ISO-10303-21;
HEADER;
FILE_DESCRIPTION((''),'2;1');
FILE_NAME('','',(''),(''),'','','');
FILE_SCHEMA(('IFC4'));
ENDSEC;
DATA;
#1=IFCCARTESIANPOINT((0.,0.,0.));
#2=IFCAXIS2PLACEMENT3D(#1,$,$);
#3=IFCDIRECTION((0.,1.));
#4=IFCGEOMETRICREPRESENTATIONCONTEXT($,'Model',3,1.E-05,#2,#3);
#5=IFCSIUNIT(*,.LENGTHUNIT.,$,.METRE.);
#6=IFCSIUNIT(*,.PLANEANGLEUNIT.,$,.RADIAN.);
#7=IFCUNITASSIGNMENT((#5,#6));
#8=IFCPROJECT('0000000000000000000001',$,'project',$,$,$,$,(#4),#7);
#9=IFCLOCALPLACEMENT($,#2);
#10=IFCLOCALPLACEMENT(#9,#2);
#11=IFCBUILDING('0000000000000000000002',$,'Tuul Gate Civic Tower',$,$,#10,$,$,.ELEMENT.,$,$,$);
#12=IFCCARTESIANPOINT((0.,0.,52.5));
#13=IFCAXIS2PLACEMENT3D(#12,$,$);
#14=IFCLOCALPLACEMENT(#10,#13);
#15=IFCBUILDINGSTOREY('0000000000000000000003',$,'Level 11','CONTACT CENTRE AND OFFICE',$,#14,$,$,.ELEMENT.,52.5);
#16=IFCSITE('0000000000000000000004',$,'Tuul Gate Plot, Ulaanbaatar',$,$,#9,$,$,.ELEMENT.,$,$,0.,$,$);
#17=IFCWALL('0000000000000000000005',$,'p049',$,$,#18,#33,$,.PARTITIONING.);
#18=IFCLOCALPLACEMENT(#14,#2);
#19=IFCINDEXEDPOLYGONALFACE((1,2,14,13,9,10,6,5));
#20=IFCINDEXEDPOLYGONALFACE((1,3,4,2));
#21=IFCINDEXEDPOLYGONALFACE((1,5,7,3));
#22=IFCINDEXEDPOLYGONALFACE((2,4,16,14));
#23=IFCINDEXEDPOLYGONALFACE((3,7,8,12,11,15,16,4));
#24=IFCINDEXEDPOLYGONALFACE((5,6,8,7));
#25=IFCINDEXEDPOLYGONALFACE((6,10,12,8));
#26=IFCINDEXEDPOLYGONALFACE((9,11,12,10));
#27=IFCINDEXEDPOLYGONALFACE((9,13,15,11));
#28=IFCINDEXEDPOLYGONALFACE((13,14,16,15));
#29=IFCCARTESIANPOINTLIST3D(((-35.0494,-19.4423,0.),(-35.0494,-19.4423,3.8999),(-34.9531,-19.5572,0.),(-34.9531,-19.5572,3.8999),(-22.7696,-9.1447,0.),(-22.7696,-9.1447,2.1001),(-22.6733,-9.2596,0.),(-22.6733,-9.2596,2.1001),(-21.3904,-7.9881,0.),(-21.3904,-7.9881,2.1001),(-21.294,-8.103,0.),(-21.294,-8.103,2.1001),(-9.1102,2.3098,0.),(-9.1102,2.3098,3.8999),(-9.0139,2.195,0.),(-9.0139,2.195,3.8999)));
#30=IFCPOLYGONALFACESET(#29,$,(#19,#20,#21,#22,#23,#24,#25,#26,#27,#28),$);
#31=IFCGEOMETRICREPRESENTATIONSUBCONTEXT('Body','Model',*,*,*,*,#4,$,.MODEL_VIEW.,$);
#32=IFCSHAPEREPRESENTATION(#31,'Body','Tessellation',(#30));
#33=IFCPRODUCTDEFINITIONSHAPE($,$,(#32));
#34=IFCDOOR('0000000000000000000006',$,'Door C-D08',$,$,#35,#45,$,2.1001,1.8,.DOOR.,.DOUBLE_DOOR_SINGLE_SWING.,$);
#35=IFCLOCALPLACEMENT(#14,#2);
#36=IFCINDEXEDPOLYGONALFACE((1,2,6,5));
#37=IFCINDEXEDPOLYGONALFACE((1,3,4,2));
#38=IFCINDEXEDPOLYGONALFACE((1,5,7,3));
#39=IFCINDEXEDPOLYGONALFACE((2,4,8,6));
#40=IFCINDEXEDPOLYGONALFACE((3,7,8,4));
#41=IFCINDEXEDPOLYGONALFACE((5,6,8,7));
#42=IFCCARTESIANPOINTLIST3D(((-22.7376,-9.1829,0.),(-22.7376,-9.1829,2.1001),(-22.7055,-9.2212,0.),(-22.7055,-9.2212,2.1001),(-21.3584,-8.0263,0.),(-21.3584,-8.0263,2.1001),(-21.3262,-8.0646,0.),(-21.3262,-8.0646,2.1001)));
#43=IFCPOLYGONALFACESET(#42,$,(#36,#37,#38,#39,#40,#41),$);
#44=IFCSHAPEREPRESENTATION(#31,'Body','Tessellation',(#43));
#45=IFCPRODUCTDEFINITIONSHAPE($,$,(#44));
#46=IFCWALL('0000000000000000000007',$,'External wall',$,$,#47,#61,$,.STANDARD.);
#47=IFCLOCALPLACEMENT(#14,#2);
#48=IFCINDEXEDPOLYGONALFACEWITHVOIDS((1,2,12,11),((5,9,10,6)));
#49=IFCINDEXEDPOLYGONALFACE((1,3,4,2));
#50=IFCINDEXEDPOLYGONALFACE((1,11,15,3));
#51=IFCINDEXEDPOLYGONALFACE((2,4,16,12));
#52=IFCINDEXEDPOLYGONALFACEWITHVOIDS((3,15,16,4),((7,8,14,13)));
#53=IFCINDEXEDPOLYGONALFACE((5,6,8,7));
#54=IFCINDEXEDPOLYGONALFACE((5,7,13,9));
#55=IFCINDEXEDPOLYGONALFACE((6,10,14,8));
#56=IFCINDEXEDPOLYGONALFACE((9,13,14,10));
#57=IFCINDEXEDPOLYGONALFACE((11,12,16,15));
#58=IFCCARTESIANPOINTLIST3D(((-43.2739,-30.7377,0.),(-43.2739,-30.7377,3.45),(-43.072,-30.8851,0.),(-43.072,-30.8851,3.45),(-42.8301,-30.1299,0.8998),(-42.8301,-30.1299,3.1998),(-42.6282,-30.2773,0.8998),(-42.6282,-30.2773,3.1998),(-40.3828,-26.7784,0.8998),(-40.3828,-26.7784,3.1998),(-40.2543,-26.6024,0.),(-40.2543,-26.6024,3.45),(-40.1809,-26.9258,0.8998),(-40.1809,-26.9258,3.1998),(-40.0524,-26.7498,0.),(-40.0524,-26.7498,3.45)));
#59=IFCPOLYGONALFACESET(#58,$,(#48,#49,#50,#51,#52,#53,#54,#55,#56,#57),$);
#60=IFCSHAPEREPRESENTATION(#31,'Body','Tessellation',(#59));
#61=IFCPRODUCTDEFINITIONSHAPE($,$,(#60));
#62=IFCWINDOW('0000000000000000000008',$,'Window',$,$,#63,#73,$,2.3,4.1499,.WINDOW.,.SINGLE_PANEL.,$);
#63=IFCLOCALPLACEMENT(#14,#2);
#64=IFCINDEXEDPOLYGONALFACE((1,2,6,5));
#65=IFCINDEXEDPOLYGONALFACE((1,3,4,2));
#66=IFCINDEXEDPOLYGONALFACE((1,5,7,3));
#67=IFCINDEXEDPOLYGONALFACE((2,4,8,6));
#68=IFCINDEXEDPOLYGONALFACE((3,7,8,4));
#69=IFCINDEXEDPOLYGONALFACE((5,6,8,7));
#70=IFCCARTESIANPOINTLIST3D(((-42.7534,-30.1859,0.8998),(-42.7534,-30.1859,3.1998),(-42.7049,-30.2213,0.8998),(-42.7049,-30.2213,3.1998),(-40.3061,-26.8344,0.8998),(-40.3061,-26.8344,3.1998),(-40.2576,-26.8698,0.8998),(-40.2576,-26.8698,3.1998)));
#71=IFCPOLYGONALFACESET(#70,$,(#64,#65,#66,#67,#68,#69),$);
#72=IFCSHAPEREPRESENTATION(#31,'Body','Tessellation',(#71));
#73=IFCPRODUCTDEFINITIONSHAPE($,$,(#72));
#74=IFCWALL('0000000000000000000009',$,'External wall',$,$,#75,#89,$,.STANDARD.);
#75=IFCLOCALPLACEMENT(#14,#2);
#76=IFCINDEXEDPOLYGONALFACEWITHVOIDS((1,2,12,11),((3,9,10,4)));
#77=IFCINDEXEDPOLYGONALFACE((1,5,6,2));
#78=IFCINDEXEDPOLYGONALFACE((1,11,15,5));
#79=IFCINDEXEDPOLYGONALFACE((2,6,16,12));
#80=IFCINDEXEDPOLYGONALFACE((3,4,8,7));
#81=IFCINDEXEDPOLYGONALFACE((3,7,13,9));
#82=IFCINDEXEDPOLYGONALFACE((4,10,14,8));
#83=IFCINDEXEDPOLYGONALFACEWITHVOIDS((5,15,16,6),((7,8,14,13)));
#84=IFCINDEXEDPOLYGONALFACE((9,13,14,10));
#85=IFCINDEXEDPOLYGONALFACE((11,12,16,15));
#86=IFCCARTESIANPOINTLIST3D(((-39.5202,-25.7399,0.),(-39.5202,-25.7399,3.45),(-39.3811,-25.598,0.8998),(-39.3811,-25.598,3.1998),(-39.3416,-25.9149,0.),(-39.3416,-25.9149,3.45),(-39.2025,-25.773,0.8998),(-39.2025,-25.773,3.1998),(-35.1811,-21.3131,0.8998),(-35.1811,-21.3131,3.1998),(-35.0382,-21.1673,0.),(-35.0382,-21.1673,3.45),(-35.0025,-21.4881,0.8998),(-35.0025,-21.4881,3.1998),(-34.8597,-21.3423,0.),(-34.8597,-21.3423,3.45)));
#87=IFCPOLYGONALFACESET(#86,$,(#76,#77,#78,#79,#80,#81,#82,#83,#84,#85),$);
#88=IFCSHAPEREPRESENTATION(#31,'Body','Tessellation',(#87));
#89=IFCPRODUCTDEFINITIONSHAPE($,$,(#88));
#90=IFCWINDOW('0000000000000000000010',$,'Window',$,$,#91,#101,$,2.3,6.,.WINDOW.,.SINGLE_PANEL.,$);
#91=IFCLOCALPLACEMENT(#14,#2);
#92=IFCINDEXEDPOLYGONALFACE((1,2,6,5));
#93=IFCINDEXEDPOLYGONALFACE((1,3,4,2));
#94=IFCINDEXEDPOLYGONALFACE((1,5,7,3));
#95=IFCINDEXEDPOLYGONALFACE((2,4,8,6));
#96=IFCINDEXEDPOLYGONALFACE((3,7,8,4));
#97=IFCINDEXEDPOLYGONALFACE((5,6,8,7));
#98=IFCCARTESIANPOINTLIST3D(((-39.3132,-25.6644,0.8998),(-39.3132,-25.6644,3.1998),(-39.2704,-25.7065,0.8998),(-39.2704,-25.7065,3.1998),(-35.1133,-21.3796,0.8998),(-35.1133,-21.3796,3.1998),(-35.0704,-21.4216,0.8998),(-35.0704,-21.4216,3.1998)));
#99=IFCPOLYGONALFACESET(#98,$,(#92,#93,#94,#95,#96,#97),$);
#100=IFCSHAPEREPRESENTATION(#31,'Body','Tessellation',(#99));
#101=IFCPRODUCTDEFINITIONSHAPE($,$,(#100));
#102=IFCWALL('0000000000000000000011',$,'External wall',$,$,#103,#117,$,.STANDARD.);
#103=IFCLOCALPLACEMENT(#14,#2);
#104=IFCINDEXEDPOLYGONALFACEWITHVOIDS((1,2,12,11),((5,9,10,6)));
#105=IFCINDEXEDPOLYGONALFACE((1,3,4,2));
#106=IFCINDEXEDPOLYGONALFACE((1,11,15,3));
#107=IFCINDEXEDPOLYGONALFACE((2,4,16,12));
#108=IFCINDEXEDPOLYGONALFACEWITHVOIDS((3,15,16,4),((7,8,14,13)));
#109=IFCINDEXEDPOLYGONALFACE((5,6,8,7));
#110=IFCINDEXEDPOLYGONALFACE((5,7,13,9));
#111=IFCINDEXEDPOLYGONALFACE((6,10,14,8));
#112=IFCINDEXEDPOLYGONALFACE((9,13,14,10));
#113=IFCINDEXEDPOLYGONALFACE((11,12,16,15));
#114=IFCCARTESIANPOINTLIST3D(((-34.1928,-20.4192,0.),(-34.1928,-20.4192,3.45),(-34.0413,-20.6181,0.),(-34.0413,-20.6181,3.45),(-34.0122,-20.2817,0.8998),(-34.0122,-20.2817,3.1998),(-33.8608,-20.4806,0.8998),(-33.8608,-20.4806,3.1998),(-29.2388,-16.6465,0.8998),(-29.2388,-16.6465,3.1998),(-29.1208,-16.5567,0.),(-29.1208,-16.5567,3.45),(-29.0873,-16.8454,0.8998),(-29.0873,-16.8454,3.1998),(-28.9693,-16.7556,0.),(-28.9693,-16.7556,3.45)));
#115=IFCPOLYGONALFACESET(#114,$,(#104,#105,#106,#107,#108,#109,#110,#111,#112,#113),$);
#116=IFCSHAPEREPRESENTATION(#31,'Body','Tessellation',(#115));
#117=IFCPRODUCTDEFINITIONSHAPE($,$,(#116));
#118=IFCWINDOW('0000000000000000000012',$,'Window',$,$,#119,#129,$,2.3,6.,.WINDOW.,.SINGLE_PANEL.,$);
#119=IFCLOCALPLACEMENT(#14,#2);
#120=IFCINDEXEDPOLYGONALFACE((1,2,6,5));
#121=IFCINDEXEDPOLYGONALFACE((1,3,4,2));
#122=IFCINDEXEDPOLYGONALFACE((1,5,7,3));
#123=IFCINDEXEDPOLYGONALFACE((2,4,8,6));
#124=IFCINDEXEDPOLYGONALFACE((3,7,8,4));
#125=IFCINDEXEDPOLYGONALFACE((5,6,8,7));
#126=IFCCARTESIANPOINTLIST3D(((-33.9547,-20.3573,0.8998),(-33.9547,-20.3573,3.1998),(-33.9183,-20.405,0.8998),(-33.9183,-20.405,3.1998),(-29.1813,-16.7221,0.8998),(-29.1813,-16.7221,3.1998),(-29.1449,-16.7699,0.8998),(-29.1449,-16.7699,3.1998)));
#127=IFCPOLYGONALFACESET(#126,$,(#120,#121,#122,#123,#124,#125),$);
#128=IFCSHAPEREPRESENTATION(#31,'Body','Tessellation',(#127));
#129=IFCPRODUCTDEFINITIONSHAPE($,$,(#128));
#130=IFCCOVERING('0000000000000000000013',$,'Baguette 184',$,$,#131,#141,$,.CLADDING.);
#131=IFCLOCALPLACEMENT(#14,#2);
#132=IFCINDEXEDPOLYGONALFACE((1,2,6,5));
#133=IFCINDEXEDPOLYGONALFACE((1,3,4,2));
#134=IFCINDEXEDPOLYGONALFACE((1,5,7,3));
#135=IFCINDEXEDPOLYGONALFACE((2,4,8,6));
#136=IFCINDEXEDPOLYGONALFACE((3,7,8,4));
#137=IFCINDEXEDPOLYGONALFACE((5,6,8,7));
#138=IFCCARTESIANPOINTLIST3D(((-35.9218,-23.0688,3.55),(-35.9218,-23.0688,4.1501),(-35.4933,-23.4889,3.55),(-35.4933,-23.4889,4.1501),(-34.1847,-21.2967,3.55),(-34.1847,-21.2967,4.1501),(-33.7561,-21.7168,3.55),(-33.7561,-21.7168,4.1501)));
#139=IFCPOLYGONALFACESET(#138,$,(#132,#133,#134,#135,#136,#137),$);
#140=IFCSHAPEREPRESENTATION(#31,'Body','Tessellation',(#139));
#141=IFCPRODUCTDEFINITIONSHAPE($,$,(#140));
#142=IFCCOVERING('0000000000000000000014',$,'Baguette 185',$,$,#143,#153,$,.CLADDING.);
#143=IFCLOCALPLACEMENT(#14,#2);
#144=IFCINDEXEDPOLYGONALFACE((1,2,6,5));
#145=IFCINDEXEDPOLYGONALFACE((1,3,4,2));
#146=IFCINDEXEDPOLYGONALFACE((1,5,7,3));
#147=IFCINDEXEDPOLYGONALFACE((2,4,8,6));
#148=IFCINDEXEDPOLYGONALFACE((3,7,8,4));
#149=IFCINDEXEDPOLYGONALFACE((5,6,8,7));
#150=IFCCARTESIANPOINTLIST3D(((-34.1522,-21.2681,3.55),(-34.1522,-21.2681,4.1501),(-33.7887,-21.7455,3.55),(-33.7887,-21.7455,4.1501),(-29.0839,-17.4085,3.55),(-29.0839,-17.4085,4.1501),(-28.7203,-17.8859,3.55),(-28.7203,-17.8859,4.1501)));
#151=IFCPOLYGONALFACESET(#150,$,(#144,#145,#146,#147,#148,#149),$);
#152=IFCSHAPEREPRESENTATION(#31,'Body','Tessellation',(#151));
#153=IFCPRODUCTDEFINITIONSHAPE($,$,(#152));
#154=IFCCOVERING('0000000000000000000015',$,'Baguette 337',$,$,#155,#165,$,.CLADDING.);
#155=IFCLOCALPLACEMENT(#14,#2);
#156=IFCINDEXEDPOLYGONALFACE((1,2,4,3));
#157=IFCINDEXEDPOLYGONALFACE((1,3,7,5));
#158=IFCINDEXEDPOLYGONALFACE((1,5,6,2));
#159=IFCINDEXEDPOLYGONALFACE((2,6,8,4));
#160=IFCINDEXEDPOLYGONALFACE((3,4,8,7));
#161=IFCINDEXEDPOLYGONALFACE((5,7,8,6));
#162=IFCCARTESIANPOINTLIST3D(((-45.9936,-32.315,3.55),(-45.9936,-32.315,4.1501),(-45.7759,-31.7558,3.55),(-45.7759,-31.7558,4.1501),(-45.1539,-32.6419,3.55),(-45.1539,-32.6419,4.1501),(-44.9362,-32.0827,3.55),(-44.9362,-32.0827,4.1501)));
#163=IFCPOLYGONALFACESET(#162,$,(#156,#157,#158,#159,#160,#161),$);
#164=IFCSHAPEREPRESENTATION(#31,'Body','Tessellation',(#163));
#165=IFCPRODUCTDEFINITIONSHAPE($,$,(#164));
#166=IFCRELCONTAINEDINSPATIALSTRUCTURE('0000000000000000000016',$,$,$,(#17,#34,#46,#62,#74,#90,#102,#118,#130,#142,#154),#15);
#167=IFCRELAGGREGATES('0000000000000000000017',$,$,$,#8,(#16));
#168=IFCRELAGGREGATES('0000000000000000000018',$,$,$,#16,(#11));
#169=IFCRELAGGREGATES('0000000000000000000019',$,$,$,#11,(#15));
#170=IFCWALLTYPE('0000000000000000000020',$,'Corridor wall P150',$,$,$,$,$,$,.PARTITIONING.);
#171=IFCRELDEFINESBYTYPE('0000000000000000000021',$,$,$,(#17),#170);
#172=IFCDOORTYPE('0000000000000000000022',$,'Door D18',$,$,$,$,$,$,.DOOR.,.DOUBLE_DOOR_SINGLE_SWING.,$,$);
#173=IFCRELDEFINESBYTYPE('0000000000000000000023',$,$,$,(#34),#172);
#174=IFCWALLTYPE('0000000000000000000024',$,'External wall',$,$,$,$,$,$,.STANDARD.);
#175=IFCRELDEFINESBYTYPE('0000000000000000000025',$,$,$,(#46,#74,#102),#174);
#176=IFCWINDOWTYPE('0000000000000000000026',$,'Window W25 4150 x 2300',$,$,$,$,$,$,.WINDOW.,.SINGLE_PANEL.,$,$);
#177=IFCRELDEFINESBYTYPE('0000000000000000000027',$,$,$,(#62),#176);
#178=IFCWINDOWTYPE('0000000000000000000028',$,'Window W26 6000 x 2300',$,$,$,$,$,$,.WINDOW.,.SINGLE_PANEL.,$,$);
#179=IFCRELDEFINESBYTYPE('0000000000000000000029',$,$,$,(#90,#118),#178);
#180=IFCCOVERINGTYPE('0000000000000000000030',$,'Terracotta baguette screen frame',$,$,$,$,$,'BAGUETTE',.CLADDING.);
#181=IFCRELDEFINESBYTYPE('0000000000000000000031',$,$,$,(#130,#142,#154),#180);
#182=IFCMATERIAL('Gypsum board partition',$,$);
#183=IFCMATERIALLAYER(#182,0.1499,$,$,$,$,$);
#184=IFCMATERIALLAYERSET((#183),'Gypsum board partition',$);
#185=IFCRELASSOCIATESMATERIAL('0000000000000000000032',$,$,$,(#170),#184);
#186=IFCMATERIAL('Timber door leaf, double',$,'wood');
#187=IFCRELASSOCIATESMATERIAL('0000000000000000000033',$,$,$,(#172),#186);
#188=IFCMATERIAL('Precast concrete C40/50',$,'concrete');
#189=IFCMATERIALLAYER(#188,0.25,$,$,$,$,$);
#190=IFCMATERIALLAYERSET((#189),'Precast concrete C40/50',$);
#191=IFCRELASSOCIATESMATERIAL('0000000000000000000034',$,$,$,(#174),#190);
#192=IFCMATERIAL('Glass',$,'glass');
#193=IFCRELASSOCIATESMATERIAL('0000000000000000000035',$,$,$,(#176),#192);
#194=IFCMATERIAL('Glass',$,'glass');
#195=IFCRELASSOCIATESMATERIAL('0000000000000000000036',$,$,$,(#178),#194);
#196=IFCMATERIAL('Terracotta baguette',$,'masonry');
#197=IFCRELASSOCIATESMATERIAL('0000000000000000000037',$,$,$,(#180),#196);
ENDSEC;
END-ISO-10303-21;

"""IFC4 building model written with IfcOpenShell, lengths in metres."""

from ifc_helpers import new_model, si_unit, direction, frame, frame_2d, origin, origin_2d, place, context, subcontext, project, spatial, rectangle, extrude, material, layer, layer_set, material_profile, profile_set, type_object, element, fill, save


model = new_model("IFC4")

# Units and contexts
model_context = context("Model", 3, precision=1e-05, world=origin(), true_north=direction((0.0, 1.0)))
body_context = subcontext(model_context, "Body", "Model", "MODEL_VIEW")
ifc_project = project(units=[si_unit("LENGTHUNIT", "METRE"), si_unit("PLANEANGLEUNIT", "RADIAN")], contexts=[model_context])

# Site, building, storey
site_placement = place(None, origin())
site = spatial("IfcSite", under=ifc_project, at=site_placement, Name="Tuul Gate Plot, Ulaanbaatar", CompositionType="ELEMENT", RefElevation=0.0)
building_placement = place(site_placement, origin())
building = spatial("IfcBuilding", under=site, at=building_placement, Name="Tuul Gate Civic Tower", CompositionType="ELEMENT")
storey_placement = place(building_placement, frame((0.0, 0.0, 52.5)))
storey = spatial("IfcBuildingStorey", under=building, at=storey_placement, Name="Level 11", Description="CONTACT CENTRE AND OFFICE", CompositionType="ELEMENT", Elevation=52.5)

# Wall, opening, door
ifc_material_1 = material(Name="Gypsum board partition")
ifc_layer_1 = layer(ifc_material_1, 0.1499)
ifc_layer_set_1 = layer_set([ifc_layer_1], Name="Gypsum board partition")
wall_type_1 = type_object("IfcWallType", Name="Corridor wall P150", PredefinedType="PARTITIONING", material=ifc_layer_set_1)
ifc_material_2 = material(Name="Timber door leaf, double", Category="wood")
door_type = type_object("IfcDoorType", Name="Door D18", OperationType="DOUBLE_DOOR_SINGLE_SWING", PredefinedType="DOOR", material=ifc_material_2)
wall_1_placement = place(storey_placement, frame((-35.0012, -19.4998, 0.0), z_axis=(0.0, 0.0, 1.0), x_axis=(0.766239, 0.642556, 0.0)))
wall_1 = element("IfcWall", 1, at=wall_1_placement, inside=storey, type_object=wall_type_1, Name="p049", PredefinedType="PARTITIONING", context=body_context, shape_type="SweptSolid", body=[
    extrude(rectangle(XDim=33.8525, YDim=0.1499, at=frame_2d((16.9263, 0.0))), origin(), (0.0, 0.0, 1.0), 3.8999),
])
opening_1_placement = place(wall_1_placement, frame((16.0261, 0.0, 0.0)))
opening_1 = element("IfcOpeningElement", 2, at=opening_1_placement, cuts=wall_1, PredefinedType="OPENING", context=body_context, shape_type="SweptSolid", body=[
    extrude(rectangle(XDim=1.8, YDim=2.1001, at=frame_2d((0.8999, 1.05))), frame((0.0, 0.085, 0.0), z_axis=(0.0, -1.0, 0.0), x_axis=(1.0, 0.0, 0.0)), (0.0, 0.0, 1.0), 0.1699),
])
door_1_placement = place(opening_1_placement, frame((1.8, 0.0, 0.0), z_axis=(0.0, 0.0, 1.0), x_axis=(-1.0, 0.0, 0.0)))
door_1 = element("IfcDoor", 3, at=door_1_placement, inside=storey, type_object=door_type, Name="Door C-D08", OperationType="DOUBLE_DOOR_SINGLE_SWING", OverallHeight=2.1001, OverallWidth=1.8, PredefinedType="DOOR", context=body_context, shape_type="SweptSolid", body=[
    extrude(rectangle(XDim=1.8, YDim=2.1001, at=frame_2d((0.9001, 1.05))), frame((0.0, 0.0249, 0.0), z_axis=(0.0, -1.0, 0.0), x_axis=(1.0, 0.0, 0.0)), (0.0, 0.0, 1.0), 0.05),
])
fill(opening_1, door_1)

# Walls, openings, windows
ifc_material_3 = material(Name="Precast concrete C40/50", Category="concrete")
ifc_layer_2 = layer(ifc_material_3, 0.25)
ifc_layer_set_2 = layer_set([ifc_layer_2], Name="Precast concrete C40/50")
wall_type_2 = type_object("IfcWallType", Name="External wall", PredefinedType="STANDARD", material=ifc_layer_set_2)
wall_2_placement = place(storey_placement, frame((-43.1729, -30.8113, 0.0), z_axis=(0.0, 0.0, 1.0), x_axis=(0.589713, 0.807613, 0.0)))
wall_2 = element("IfcWall", 4, at=wall_2_placement, inside=storey, type_object=wall_type_2, Name="External wall", PredefinedType="STANDARD", context=body_context, shape_type="SweptSolid", body=[
    extrude(rectangle(XDim=5.1204, YDim=0.25, at=frame_2d((2.5601, 0.0))), origin(), (0.0, 0.0, 1.0), 3.45),
])
opening_2_placement = place(wall_2_placement, frame((0.7524, 0.0, 0.8999)))
opening_2 = element("IfcOpeningElement", 5, at=opening_2_placement, cuts=wall_2, PredefinedType="OPENING", context=body_context, shape_type="SweptSolid", body=[
    extrude(rectangle(XDim=4.1499, YDim=2.3, at=frame_2d((2.075, 1.1499))), frame((0.0, 0.135, 0.0), z_axis=(0.0, -1.0, 0.0), x_axis=(1.0, 0.0, 0.0)), (0.0, 0.0, 1.0), 0.27),
])
ifc_material_4 = material(Name="Glass", Category="glass")
window_type_1 = type_object("IfcWindowType", Name="Window W25 4150 x 2300", PartitioningType="SINGLE_PANEL", PredefinedType="WINDOW", material=ifc_material_4)
window_1_placement = place(opening_2_placement, origin())
window_1 = element("IfcWindow", 6, at=window_1_placement, inside=storey, type_object=window_type_1, Name="Window", OverallHeight=2.3, OverallWidth=4.1499, PartitioningType="SINGLE_PANEL", PredefinedType="WINDOW", context=body_context, shape_type="SweptSolid", body=[
    extrude(rectangle(XDim=4.1499, YDim=2.3, at=frame_2d((2.075, 1.1499))), frame((0.0, 0.03, 0.0), z_axis=(0.0, -1.0, 0.0), x_axis=(1.0, 0.0, 0.0)), (0.0, 0.0, 1.0), 0.0601),
])
fill(opening_2, window_1)
wall_3_placement = place(storey_placement, frame((-39.4309, -25.8274, 0.0), z_axis=(0.0, 0.0, 1.0), x_axis=(0.699998, 0.714145, 0.0)))
wall_3 = element("IfcWall", 7, at=wall_3_placement, inside=storey, type_object=wall_type_2, Name="External wall", PredefinedType="STANDARD", context=body_context, shape_type="SweptSolid", body=[
    extrude(rectangle(XDim=6.4028, YDim=0.25, at=frame_2d((3.2014, 0.0))), origin(), (0.0, 0.0, 1.0), 3.45),
])
opening_3_placement = place(wall_3_placement, frame((0.1987, 0.0, 0.8999)))
opening_3 = element("IfcOpeningElement", 8, at=opening_3_placement, cuts=wall_3, PredefinedType="OPENING", context=body_context, shape_type="SweptSolid", body=[
    extrude(rectangle(XDim=6.0, YDim=2.3, at=frame_2d((3.0, 1.1499))), frame((0.0, 0.135, 0.0), z_axis=(0.0, -1.0, 0.0), x_axis=(1.0, 0.0, 0.0)), (0.0, 0.0, 1.0), 0.27),
])
ifc_material_5 = material(Name="Glass", Category="glass")
window_type_2 = type_object("IfcWindowType", Name="Window W26 6000 x 2300", PartitioningType="SINGLE_PANEL", PredefinedType="WINDOW", material=ifc_material_5)
window_2_placement = place(opening_3_placement, origin())
window_2 = element("IfcWindow", 9, at=window_2_placement, inside=storey, type_object=window_type_2, Name="Window", OverallHeight=2.3, OverallWidth=6.0, PartitioningType="SINGLE_PANEL", PredefinedType="WINDOW", context=body_context, shape_type="SweptSolid", body=[
    extrude(rectangle(XDim=6.0, YDim=2.3, at=frame_2d((3.0, 1.1499))), frame((0.0, 0.03, 0.0), z_axis=(0.0, -1.0, 0.0), x_axis=(1.0, 0.0, 0.0)), (0.0, 0.0, 1.0), 0.0601),
])
fill(opening_3, window_2)
wall_4_placement = place(storey_placement, frame((-34.1169, -20.5186, 0.0), z_axis=(0.0, 0.0, 1.0), x_axis=(0.795571, 0.60586, 0.0)))
wall_4 = element("IfcWall", 10, at=wall_4_placement, inside=storey, type_object=wall_type_2, Name="External wall", PredefinedType="STANDARD", context=body_context, shape_type="SweptSolid", body=[
    extrude(rectangle(XDim=6.3752, YDim=0.25, at=frame_2d((3.1875, 0.0))), origin(), (0.0, 0.0, 1.0), 3.45),
])
opening_4_placement = place(wall_4_placement, frame((0.2268, 0.0, 0.8999)))
opening_4 = element("IfcOpeningElement", 11, at=opening_4_placement, cuts=wall_4, PredefinedType="OPENING", context=body_context, shape_type="SweptSolid", body=[
    extrude(rectangle(XDim=6.0, YDim=2.3, at=frame_2d((3.0, 1.1499))), frame((0.0, 0.135, 0.0), z_axis=(0.0, -1.0, 0.0), x_axis=(1.0, 0.0, 0.0)), (0.0, 0.0, 1.0), 0.27),
])
window_3_placement = place(opening_4_placement, origin())
window_3 = element("IfcWindow", 12, at=window_3_placement, inside=storey, type_object=window_type_2, Name="Window", OverallHeight=2.3, OverallWidth=6.0, PartitioningType="SINGLE_PANEL", PredefinedType="WINDOW", context=body_context, shape_type="SweptSolid", body=[
    extrude(rectangle(XDim=6.0, YDim=2.3, at=frame_2d((3.0, 1.1499))), frame((0.0, 0.03, 0.0), z_axis=(0.0, -1.0, 0.0), x_axis=(1.0, 0.0, 0.0)), (0.0, 0.0, 1.0), 0.0601),
])
fill(opening_4, window_3)

# Coverings
ifc_material_6 = material(Name="Terracotta baguette", Category="masonry")
ifc_material_profile_1 = material_profile(ifc_material_6, rectangle(XDim=0.6001, YDim=0.6001, at=origin_2d()), Name="Terracotta baguette screen frame")
ifc_profile_set_1 = profile_set([ifc_material_profile_1], Name="Terracotta baguette")
covering_type = type_object("IfcCoveringType", Name="Terracotta baguette screen frame", ElementType="BAGUETTE", PredefinedType="CLADDING", material=ifc_profile_set_1)
covering_1_placement = place(storey_placement, frame((-35.7075, -23.2788, 3.8501), z_axis=(0.700037, 0.714107, 0.0), x_axis=(-0.714107, 0.700037, 0.0)))
element("IfcCovering", 13, at=covering_1_placement, inside=storey, type_object=covering_type, Name="Baguette 184", PredefinedType="CLADDING", context=body_context, shape_type="SweptSolid", body=[
    extrude(rectangle(XDim=0.6001, YDim=0.6001, at=origin_2d()), origin(), (0.0, 0.0, 1.0), 2.4814),
])
covering_2_placement = place(storey_placement, frame((-33.9705, -21.5068, 3.8501), z_axis=(0.795582, 0.605846, 0.0), x_axis=(-0.605846, 0.795582, 0.0)))
element("IfcCovering", 14, at=covering_2_placement, inside=storey, type_object=covering_type, Name="Baguette 185", PredefinedType="CLADDING", context=body_context, shape_type="SweptSolid", body=[
    extrude(rectangle(XDim=0.6001, YDim=0.6001, at=origin_2d()), origin(), (0.0, 0.0, 1.0), 6.3706),
])
covering_3_placement = place(storey_placement, frame((-45.8848, -32.0354, 3.8501), z_axis=(0.931893, -0.362734, 0.0), x_axis=(0.362734, 0.931893, 0.0)))
element("IfcCovering", 15, at=covering_3_placement, inside=storey, type_object=covering_type, Name="Baguette 337", PredefinedType="CLADDING", context=body_context, shape_type="SweptSolid", body=[
    extrude(rectangle(XDim=0.6001, YDim=0.6001, at=origin_2d()), origin(), (0.0, 0.0, 1.0), 0.9011),
])

save(model, "model.ifc")
